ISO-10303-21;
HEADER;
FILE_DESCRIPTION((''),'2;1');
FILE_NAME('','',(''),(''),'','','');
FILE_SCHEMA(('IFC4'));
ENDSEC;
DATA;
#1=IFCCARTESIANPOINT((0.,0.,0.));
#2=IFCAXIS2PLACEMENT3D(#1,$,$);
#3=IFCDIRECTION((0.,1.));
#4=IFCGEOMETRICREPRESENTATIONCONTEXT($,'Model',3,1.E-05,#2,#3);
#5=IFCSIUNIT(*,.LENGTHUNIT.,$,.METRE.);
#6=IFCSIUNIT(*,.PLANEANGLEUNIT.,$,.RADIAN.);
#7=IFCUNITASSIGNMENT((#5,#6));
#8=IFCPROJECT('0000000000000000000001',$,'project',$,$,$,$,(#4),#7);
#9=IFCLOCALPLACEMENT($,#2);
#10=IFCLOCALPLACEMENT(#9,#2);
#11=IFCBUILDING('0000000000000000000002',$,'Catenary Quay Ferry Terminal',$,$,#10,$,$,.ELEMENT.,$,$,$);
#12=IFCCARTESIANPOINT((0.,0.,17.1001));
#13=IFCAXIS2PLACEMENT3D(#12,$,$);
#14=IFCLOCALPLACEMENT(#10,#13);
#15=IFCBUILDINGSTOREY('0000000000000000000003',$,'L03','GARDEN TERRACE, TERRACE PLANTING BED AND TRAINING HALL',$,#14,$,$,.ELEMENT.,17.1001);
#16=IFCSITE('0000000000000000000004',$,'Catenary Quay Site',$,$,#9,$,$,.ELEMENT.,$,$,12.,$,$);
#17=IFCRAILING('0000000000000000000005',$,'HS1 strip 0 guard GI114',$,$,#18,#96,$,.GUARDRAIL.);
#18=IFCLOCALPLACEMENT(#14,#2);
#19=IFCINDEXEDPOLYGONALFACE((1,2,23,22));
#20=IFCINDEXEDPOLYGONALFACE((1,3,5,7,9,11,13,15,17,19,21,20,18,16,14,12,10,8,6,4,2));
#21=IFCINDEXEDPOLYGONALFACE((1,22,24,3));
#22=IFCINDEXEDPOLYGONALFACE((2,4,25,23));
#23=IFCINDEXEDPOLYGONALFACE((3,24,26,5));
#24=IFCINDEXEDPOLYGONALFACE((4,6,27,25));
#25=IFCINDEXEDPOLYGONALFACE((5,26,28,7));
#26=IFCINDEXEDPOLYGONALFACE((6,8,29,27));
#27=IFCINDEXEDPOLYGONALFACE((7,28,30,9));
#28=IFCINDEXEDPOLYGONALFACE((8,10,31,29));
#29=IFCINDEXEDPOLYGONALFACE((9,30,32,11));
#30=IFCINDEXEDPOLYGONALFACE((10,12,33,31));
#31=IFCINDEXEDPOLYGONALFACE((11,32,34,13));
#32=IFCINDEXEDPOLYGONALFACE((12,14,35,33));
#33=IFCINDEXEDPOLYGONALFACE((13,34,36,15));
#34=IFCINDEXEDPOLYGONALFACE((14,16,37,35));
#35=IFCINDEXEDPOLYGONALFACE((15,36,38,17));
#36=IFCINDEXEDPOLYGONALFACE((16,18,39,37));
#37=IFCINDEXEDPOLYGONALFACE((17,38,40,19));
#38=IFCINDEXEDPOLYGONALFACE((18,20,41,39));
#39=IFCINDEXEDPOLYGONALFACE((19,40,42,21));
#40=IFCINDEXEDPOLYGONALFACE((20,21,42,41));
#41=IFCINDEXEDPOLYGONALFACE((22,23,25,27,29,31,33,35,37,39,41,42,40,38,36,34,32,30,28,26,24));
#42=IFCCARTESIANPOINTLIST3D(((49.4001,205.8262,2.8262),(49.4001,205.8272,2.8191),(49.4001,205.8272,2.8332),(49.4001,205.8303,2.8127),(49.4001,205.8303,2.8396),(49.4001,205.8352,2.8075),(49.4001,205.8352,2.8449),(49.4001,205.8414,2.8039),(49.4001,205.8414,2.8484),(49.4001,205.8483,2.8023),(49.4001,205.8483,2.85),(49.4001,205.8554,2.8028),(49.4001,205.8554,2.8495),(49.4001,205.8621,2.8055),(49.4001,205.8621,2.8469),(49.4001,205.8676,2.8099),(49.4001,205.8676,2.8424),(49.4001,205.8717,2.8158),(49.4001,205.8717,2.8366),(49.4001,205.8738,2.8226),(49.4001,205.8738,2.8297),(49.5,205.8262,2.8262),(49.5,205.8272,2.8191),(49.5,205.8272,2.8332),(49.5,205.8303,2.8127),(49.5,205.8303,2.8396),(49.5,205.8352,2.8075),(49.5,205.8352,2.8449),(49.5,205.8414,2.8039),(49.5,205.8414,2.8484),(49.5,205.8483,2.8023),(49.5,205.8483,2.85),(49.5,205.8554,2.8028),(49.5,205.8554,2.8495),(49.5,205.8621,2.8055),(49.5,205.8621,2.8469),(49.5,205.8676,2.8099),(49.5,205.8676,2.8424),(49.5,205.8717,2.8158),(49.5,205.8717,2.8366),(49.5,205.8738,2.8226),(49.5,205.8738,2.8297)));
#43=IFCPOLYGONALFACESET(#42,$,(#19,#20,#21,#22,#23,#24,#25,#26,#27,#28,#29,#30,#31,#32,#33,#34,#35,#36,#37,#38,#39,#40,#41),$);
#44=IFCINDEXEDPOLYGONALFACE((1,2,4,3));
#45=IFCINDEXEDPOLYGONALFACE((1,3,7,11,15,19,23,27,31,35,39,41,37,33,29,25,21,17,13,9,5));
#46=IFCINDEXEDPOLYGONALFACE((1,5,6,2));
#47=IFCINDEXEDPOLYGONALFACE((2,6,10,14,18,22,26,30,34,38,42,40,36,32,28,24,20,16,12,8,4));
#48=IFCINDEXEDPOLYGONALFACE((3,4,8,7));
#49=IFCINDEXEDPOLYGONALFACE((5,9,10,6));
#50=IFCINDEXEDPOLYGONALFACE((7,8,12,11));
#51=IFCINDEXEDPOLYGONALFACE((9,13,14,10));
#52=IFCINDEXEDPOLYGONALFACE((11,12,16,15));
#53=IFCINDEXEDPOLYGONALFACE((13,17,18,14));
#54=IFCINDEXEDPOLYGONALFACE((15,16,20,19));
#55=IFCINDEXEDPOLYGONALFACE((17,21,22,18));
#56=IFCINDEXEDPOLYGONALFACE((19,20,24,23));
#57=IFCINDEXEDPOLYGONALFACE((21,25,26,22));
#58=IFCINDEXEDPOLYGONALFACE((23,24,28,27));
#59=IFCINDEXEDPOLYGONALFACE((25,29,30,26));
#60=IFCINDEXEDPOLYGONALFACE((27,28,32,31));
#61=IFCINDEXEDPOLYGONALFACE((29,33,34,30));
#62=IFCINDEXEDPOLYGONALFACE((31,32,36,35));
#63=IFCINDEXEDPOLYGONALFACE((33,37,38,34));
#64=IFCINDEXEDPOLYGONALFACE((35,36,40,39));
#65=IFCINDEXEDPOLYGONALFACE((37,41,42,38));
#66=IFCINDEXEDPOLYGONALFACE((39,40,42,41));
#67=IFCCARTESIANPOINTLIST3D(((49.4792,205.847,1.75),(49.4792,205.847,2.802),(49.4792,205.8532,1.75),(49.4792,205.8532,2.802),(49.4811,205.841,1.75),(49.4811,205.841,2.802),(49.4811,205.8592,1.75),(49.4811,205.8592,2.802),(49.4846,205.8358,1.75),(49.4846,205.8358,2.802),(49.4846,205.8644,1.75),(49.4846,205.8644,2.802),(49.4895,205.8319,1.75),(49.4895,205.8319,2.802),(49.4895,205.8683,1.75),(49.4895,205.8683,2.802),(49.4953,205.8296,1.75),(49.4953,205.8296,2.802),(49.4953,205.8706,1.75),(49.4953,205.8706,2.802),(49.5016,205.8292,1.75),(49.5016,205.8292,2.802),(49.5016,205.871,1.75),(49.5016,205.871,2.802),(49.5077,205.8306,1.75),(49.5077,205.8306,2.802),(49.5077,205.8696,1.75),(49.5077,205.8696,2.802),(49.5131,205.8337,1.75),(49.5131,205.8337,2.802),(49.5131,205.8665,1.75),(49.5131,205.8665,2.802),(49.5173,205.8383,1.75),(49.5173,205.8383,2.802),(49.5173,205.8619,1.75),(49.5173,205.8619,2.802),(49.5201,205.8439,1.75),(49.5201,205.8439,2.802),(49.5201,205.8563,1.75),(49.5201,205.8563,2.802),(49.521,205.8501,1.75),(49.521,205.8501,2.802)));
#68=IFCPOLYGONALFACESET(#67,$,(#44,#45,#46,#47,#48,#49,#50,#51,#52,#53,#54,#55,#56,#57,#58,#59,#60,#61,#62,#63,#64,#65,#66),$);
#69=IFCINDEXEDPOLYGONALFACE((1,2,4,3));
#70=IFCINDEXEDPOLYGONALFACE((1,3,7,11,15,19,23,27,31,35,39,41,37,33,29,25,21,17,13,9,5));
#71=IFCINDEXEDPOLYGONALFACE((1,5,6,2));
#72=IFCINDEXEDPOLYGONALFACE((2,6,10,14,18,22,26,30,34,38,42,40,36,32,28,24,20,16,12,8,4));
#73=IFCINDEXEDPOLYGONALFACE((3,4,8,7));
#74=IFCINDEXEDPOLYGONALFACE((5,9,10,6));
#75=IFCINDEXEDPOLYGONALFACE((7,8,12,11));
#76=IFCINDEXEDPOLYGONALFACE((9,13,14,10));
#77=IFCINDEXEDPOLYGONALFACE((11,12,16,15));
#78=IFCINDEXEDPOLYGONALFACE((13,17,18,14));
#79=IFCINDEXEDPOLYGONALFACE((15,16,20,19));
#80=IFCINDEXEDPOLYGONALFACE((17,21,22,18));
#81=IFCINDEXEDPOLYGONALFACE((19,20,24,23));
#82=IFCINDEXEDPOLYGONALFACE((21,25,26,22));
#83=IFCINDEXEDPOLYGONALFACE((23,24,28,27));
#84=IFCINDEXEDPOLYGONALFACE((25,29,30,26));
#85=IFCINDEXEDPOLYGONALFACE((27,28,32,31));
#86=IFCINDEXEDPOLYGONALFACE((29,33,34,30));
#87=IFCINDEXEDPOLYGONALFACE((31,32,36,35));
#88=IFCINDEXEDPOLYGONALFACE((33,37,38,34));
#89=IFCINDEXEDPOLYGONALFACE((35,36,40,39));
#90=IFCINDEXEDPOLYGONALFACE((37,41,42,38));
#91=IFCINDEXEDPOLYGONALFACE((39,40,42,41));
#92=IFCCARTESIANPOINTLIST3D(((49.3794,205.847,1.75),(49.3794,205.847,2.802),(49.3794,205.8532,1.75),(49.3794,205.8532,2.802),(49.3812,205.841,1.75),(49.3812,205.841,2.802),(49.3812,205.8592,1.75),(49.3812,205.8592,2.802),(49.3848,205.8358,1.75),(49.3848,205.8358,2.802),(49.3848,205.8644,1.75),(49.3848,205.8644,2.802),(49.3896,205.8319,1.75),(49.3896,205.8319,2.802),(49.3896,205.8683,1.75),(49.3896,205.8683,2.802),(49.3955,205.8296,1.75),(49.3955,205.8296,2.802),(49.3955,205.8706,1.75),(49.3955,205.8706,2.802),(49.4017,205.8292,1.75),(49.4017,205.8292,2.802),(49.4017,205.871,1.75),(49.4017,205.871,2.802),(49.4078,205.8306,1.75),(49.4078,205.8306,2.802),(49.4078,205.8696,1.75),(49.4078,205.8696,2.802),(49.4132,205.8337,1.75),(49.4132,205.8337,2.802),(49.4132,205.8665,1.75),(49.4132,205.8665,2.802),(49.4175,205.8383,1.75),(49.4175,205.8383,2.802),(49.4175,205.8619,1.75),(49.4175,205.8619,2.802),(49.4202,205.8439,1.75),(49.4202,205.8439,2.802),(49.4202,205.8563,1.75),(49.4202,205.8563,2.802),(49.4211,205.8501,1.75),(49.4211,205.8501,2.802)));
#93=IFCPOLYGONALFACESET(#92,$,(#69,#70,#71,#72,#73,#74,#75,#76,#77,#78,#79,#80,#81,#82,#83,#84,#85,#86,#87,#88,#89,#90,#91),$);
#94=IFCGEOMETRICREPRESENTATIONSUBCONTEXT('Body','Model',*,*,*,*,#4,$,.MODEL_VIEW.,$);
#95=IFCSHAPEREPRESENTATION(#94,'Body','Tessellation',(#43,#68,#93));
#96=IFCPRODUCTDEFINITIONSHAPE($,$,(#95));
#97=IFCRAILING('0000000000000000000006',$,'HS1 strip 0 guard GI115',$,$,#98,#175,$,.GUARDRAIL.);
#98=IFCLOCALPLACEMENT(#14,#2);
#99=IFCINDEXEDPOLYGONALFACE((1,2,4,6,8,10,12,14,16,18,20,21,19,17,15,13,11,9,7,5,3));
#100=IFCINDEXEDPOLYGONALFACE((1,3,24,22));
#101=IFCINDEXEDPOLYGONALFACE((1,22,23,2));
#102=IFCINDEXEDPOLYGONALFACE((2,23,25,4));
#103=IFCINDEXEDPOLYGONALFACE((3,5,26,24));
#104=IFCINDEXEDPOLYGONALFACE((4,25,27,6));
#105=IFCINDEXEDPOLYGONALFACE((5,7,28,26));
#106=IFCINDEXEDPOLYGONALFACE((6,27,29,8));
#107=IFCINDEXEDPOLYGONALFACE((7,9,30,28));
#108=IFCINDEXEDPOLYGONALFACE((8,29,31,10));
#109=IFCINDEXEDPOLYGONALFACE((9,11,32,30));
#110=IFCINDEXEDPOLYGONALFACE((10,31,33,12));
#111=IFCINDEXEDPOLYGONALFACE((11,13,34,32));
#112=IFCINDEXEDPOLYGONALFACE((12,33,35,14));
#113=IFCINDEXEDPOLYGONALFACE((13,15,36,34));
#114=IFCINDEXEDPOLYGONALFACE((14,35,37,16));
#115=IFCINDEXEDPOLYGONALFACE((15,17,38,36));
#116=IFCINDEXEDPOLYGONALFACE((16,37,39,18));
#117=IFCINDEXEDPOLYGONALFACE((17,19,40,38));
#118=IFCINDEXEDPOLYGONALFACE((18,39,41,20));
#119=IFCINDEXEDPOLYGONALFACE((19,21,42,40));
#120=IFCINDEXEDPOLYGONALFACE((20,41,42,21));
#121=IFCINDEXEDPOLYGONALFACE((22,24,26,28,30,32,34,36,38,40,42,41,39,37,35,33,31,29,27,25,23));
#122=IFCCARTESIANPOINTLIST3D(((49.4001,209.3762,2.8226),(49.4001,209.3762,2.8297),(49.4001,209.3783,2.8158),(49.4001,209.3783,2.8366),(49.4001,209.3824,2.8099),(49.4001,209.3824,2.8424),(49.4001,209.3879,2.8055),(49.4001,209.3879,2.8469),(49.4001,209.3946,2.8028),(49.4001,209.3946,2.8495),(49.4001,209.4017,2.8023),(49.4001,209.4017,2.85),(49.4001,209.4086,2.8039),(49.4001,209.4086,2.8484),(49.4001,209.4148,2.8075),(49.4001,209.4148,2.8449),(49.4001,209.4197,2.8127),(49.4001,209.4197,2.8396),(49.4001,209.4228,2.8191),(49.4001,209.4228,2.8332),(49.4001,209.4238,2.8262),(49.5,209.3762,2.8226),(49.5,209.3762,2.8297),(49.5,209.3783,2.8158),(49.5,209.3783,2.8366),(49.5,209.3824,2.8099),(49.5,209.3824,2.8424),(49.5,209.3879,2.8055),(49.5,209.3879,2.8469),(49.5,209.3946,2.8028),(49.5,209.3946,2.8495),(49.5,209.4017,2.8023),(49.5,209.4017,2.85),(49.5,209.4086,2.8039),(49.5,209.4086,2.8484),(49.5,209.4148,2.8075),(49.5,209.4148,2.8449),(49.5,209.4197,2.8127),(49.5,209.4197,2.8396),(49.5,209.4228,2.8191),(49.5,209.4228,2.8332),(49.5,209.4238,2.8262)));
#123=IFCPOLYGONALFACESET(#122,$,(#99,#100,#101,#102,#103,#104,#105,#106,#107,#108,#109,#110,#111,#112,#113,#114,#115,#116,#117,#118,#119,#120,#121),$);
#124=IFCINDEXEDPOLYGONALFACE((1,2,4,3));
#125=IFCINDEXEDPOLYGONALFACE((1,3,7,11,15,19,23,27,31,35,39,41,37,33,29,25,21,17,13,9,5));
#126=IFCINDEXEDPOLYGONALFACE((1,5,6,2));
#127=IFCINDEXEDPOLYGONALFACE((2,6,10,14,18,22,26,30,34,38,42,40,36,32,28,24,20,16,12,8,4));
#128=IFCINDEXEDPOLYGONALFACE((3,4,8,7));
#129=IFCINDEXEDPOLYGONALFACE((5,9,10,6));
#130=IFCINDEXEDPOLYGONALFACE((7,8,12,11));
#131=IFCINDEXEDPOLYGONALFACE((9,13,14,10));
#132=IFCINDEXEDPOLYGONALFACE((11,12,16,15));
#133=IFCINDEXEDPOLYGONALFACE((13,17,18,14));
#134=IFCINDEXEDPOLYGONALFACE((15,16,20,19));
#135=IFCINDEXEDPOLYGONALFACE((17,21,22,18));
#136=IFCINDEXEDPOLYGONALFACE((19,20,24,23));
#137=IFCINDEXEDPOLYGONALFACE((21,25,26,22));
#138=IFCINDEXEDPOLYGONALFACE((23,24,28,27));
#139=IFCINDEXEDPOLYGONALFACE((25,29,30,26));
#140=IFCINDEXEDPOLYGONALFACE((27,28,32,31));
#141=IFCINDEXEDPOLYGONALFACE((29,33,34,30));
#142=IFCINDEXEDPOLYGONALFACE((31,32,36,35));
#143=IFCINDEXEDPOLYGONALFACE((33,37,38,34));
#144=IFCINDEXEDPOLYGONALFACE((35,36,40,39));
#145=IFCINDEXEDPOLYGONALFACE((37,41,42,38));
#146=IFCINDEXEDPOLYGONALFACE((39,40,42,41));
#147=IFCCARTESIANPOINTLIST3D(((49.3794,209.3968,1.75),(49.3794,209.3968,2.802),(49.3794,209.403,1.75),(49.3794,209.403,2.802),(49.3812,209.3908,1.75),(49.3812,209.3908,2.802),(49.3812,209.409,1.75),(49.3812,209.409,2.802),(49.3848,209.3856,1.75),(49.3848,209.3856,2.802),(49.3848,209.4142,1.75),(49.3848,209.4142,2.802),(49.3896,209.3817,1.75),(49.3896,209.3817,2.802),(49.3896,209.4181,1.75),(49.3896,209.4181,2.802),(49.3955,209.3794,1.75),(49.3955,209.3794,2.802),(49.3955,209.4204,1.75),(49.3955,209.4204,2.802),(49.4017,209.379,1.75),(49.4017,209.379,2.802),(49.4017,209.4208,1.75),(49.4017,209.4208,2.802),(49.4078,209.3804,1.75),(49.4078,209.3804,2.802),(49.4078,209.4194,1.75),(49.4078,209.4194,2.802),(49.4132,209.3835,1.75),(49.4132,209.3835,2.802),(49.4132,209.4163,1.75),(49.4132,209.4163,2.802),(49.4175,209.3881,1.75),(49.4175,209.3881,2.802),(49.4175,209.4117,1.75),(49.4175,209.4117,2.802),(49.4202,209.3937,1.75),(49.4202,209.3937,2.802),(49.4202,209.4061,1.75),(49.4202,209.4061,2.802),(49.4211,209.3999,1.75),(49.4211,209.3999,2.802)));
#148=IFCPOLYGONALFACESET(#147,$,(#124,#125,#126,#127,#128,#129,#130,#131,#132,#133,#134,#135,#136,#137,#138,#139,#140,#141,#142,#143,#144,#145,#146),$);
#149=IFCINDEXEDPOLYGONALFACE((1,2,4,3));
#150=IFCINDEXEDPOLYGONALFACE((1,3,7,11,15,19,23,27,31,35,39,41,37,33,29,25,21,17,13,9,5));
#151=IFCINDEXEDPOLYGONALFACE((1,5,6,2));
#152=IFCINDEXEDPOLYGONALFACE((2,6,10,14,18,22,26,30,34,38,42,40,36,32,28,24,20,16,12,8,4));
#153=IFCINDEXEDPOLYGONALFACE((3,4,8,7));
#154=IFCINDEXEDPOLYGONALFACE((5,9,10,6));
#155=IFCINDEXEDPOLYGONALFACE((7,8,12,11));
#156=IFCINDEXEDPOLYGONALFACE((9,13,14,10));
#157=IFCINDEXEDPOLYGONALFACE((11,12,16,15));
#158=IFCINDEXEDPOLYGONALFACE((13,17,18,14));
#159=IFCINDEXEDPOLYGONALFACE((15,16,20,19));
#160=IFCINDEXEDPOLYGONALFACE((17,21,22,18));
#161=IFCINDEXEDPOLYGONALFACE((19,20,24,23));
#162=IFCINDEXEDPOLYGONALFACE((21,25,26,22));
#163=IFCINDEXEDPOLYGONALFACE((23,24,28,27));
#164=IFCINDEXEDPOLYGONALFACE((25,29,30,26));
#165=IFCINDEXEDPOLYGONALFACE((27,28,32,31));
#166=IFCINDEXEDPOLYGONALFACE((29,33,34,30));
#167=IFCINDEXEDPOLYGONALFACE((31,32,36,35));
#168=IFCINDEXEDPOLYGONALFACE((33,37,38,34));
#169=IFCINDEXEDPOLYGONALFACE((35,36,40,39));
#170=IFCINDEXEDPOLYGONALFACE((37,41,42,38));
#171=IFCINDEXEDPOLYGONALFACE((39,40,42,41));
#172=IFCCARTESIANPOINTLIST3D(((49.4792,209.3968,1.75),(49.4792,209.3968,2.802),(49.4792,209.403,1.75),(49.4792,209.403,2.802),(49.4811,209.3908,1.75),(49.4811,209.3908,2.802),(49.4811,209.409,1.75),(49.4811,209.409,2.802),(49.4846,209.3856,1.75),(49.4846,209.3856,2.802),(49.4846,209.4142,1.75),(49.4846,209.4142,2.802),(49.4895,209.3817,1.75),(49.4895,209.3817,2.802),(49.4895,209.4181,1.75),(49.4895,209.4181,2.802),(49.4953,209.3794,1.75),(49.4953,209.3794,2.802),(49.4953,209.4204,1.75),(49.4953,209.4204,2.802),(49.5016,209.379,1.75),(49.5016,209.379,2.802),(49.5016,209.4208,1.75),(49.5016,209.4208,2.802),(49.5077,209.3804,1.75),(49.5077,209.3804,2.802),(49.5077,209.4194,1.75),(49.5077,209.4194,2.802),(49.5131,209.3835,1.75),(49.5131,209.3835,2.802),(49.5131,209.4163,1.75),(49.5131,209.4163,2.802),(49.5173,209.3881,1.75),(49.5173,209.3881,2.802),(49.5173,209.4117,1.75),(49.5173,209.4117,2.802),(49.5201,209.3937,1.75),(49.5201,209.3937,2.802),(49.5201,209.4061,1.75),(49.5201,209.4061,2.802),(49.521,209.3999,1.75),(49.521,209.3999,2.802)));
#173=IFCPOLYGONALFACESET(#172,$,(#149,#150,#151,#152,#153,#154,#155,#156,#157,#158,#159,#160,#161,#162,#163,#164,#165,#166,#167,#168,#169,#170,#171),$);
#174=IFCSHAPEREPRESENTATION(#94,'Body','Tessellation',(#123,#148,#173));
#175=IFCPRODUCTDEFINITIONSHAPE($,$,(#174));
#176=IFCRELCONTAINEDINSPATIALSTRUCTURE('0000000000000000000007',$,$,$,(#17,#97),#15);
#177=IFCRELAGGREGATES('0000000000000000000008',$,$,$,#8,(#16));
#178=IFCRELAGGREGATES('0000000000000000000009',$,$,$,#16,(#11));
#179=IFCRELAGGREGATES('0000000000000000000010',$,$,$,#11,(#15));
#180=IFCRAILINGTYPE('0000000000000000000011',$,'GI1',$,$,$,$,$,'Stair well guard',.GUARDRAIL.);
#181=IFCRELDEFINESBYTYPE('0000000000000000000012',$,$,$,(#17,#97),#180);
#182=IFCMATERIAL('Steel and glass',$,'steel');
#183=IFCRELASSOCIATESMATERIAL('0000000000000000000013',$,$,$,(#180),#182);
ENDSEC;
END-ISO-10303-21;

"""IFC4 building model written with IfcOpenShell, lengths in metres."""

from ifc_helpers import new_model, si_unit, direction, frame, origin, origin_2d, place, context, subcontext, project, spatial, circle, extrude, material, type_object, element, save


model = new_model("IFC4")

# Units and contexts
model_context = context("Model", 3, precision=1e-05, world=origin(), true_north=direction((0.0, 1.0)))
body_context = subcontext(model_context, "Body", "Model", "MODEL_VIEW")
ifc_project = project(units=[si_unit("LENGTHUNIT", "METRE"), si_unit("PLANEANGLEUNIT", "RADIAN")], contexts=[model_context])

# Site, building, storey
site_placement = place(None, origin())
site = spatial("IfcSite", under=ifc_project, at=site_placement, Name="Catenary Quay Site", CompositionType="ELEMENT", RefElevation=12.0)
building_placement = place(site_placement, origin())
building = spatial("IfcBuilding", under=site, at=building_placement, Name="Catenary Quay Ferry Terminal", CompositionType="ELEMENT")
storey_placement = place(building_placement, frame((0.0, 0.0, 17.1001)))
storey = spatial("IfcBuildingStorey", under=building, at=storey_placement, Name="L03", Description="GARDEN TERRACE, TERRACE PLANTING BED AND TRAINING HALL", CompositionType="ELEMENT", Elevation=17.1001)

# Railings
ifc_material_1 = material(Name="Steel and glass", Category="steel")
railing_type_1 = type_object("IfcRailingType", Name="GI1", ElementType="Stair well guard", PredefinedType="GUARDRAIL", material=ifc_material_1)
railing_1_placement = place(storey_placement, frame((49.5, 205.8501, 1.75)))
element("IfcRailing", 1, at=railing_1_placement, inside=storey, type_object=railing_type_1, Name="HS1 strip 0 guard GI114", PredefinedType="GUARDRAIL", context=body_context, shape_type="SweptSolid", body=[
    extrude(circle(Radius=0.0239, at=origin_2d()), frame((0.0, 0.0, 1.0762), z_axis=(-1.0, 0.0, 0.0), x_axis=(0.0, -1.0, 0.0)), (0.0, 0.0, 1.0), 0.0999),
    extrude(circle(Radius=0.021, at=origin_2d()), origin(), (0.0, 0.0, 1.0), 1.052),
    extrude(circle(Radius=0.021, at=origin_2d()), frame((-0.0999, 0.0, 0.0)), (0.0, 0.0, 1.0), 1.052),
])
railing_2_placement = place(storey_placement, frame((49.4001, 209.3999, 1.75)))
element("IfcRailing", 2, at=railing_2_placement, inside=storey, type_object=railing_type_1, Name="HS1 strip 0 guard GI115", PredefinedType="GUARDRAIL", context=body_context, shape_type="SweptSolid", body=[
    extrude(circle(Radius=0.0239, at=origin_2d()), frame((0.0, 0.0, 1.0762), z_axis=(1.0, 0.0, 0.0), x_axis=(0.0, 1.0, 0.0)), (0.0, 0.0, 1.0), 0.0999),
    extrude(circle(Radius=0.021, at=origin_2d()), origin(), (0.0, 0.0, 1.0), 1.052),
    extrude(circle(Radius=0.021, at=origin_2d()), frame((0.0999, 0.0, 0.0)), (0.0, 0.0, 1.0), 1.052),
])

save(model, "model.ifc")
